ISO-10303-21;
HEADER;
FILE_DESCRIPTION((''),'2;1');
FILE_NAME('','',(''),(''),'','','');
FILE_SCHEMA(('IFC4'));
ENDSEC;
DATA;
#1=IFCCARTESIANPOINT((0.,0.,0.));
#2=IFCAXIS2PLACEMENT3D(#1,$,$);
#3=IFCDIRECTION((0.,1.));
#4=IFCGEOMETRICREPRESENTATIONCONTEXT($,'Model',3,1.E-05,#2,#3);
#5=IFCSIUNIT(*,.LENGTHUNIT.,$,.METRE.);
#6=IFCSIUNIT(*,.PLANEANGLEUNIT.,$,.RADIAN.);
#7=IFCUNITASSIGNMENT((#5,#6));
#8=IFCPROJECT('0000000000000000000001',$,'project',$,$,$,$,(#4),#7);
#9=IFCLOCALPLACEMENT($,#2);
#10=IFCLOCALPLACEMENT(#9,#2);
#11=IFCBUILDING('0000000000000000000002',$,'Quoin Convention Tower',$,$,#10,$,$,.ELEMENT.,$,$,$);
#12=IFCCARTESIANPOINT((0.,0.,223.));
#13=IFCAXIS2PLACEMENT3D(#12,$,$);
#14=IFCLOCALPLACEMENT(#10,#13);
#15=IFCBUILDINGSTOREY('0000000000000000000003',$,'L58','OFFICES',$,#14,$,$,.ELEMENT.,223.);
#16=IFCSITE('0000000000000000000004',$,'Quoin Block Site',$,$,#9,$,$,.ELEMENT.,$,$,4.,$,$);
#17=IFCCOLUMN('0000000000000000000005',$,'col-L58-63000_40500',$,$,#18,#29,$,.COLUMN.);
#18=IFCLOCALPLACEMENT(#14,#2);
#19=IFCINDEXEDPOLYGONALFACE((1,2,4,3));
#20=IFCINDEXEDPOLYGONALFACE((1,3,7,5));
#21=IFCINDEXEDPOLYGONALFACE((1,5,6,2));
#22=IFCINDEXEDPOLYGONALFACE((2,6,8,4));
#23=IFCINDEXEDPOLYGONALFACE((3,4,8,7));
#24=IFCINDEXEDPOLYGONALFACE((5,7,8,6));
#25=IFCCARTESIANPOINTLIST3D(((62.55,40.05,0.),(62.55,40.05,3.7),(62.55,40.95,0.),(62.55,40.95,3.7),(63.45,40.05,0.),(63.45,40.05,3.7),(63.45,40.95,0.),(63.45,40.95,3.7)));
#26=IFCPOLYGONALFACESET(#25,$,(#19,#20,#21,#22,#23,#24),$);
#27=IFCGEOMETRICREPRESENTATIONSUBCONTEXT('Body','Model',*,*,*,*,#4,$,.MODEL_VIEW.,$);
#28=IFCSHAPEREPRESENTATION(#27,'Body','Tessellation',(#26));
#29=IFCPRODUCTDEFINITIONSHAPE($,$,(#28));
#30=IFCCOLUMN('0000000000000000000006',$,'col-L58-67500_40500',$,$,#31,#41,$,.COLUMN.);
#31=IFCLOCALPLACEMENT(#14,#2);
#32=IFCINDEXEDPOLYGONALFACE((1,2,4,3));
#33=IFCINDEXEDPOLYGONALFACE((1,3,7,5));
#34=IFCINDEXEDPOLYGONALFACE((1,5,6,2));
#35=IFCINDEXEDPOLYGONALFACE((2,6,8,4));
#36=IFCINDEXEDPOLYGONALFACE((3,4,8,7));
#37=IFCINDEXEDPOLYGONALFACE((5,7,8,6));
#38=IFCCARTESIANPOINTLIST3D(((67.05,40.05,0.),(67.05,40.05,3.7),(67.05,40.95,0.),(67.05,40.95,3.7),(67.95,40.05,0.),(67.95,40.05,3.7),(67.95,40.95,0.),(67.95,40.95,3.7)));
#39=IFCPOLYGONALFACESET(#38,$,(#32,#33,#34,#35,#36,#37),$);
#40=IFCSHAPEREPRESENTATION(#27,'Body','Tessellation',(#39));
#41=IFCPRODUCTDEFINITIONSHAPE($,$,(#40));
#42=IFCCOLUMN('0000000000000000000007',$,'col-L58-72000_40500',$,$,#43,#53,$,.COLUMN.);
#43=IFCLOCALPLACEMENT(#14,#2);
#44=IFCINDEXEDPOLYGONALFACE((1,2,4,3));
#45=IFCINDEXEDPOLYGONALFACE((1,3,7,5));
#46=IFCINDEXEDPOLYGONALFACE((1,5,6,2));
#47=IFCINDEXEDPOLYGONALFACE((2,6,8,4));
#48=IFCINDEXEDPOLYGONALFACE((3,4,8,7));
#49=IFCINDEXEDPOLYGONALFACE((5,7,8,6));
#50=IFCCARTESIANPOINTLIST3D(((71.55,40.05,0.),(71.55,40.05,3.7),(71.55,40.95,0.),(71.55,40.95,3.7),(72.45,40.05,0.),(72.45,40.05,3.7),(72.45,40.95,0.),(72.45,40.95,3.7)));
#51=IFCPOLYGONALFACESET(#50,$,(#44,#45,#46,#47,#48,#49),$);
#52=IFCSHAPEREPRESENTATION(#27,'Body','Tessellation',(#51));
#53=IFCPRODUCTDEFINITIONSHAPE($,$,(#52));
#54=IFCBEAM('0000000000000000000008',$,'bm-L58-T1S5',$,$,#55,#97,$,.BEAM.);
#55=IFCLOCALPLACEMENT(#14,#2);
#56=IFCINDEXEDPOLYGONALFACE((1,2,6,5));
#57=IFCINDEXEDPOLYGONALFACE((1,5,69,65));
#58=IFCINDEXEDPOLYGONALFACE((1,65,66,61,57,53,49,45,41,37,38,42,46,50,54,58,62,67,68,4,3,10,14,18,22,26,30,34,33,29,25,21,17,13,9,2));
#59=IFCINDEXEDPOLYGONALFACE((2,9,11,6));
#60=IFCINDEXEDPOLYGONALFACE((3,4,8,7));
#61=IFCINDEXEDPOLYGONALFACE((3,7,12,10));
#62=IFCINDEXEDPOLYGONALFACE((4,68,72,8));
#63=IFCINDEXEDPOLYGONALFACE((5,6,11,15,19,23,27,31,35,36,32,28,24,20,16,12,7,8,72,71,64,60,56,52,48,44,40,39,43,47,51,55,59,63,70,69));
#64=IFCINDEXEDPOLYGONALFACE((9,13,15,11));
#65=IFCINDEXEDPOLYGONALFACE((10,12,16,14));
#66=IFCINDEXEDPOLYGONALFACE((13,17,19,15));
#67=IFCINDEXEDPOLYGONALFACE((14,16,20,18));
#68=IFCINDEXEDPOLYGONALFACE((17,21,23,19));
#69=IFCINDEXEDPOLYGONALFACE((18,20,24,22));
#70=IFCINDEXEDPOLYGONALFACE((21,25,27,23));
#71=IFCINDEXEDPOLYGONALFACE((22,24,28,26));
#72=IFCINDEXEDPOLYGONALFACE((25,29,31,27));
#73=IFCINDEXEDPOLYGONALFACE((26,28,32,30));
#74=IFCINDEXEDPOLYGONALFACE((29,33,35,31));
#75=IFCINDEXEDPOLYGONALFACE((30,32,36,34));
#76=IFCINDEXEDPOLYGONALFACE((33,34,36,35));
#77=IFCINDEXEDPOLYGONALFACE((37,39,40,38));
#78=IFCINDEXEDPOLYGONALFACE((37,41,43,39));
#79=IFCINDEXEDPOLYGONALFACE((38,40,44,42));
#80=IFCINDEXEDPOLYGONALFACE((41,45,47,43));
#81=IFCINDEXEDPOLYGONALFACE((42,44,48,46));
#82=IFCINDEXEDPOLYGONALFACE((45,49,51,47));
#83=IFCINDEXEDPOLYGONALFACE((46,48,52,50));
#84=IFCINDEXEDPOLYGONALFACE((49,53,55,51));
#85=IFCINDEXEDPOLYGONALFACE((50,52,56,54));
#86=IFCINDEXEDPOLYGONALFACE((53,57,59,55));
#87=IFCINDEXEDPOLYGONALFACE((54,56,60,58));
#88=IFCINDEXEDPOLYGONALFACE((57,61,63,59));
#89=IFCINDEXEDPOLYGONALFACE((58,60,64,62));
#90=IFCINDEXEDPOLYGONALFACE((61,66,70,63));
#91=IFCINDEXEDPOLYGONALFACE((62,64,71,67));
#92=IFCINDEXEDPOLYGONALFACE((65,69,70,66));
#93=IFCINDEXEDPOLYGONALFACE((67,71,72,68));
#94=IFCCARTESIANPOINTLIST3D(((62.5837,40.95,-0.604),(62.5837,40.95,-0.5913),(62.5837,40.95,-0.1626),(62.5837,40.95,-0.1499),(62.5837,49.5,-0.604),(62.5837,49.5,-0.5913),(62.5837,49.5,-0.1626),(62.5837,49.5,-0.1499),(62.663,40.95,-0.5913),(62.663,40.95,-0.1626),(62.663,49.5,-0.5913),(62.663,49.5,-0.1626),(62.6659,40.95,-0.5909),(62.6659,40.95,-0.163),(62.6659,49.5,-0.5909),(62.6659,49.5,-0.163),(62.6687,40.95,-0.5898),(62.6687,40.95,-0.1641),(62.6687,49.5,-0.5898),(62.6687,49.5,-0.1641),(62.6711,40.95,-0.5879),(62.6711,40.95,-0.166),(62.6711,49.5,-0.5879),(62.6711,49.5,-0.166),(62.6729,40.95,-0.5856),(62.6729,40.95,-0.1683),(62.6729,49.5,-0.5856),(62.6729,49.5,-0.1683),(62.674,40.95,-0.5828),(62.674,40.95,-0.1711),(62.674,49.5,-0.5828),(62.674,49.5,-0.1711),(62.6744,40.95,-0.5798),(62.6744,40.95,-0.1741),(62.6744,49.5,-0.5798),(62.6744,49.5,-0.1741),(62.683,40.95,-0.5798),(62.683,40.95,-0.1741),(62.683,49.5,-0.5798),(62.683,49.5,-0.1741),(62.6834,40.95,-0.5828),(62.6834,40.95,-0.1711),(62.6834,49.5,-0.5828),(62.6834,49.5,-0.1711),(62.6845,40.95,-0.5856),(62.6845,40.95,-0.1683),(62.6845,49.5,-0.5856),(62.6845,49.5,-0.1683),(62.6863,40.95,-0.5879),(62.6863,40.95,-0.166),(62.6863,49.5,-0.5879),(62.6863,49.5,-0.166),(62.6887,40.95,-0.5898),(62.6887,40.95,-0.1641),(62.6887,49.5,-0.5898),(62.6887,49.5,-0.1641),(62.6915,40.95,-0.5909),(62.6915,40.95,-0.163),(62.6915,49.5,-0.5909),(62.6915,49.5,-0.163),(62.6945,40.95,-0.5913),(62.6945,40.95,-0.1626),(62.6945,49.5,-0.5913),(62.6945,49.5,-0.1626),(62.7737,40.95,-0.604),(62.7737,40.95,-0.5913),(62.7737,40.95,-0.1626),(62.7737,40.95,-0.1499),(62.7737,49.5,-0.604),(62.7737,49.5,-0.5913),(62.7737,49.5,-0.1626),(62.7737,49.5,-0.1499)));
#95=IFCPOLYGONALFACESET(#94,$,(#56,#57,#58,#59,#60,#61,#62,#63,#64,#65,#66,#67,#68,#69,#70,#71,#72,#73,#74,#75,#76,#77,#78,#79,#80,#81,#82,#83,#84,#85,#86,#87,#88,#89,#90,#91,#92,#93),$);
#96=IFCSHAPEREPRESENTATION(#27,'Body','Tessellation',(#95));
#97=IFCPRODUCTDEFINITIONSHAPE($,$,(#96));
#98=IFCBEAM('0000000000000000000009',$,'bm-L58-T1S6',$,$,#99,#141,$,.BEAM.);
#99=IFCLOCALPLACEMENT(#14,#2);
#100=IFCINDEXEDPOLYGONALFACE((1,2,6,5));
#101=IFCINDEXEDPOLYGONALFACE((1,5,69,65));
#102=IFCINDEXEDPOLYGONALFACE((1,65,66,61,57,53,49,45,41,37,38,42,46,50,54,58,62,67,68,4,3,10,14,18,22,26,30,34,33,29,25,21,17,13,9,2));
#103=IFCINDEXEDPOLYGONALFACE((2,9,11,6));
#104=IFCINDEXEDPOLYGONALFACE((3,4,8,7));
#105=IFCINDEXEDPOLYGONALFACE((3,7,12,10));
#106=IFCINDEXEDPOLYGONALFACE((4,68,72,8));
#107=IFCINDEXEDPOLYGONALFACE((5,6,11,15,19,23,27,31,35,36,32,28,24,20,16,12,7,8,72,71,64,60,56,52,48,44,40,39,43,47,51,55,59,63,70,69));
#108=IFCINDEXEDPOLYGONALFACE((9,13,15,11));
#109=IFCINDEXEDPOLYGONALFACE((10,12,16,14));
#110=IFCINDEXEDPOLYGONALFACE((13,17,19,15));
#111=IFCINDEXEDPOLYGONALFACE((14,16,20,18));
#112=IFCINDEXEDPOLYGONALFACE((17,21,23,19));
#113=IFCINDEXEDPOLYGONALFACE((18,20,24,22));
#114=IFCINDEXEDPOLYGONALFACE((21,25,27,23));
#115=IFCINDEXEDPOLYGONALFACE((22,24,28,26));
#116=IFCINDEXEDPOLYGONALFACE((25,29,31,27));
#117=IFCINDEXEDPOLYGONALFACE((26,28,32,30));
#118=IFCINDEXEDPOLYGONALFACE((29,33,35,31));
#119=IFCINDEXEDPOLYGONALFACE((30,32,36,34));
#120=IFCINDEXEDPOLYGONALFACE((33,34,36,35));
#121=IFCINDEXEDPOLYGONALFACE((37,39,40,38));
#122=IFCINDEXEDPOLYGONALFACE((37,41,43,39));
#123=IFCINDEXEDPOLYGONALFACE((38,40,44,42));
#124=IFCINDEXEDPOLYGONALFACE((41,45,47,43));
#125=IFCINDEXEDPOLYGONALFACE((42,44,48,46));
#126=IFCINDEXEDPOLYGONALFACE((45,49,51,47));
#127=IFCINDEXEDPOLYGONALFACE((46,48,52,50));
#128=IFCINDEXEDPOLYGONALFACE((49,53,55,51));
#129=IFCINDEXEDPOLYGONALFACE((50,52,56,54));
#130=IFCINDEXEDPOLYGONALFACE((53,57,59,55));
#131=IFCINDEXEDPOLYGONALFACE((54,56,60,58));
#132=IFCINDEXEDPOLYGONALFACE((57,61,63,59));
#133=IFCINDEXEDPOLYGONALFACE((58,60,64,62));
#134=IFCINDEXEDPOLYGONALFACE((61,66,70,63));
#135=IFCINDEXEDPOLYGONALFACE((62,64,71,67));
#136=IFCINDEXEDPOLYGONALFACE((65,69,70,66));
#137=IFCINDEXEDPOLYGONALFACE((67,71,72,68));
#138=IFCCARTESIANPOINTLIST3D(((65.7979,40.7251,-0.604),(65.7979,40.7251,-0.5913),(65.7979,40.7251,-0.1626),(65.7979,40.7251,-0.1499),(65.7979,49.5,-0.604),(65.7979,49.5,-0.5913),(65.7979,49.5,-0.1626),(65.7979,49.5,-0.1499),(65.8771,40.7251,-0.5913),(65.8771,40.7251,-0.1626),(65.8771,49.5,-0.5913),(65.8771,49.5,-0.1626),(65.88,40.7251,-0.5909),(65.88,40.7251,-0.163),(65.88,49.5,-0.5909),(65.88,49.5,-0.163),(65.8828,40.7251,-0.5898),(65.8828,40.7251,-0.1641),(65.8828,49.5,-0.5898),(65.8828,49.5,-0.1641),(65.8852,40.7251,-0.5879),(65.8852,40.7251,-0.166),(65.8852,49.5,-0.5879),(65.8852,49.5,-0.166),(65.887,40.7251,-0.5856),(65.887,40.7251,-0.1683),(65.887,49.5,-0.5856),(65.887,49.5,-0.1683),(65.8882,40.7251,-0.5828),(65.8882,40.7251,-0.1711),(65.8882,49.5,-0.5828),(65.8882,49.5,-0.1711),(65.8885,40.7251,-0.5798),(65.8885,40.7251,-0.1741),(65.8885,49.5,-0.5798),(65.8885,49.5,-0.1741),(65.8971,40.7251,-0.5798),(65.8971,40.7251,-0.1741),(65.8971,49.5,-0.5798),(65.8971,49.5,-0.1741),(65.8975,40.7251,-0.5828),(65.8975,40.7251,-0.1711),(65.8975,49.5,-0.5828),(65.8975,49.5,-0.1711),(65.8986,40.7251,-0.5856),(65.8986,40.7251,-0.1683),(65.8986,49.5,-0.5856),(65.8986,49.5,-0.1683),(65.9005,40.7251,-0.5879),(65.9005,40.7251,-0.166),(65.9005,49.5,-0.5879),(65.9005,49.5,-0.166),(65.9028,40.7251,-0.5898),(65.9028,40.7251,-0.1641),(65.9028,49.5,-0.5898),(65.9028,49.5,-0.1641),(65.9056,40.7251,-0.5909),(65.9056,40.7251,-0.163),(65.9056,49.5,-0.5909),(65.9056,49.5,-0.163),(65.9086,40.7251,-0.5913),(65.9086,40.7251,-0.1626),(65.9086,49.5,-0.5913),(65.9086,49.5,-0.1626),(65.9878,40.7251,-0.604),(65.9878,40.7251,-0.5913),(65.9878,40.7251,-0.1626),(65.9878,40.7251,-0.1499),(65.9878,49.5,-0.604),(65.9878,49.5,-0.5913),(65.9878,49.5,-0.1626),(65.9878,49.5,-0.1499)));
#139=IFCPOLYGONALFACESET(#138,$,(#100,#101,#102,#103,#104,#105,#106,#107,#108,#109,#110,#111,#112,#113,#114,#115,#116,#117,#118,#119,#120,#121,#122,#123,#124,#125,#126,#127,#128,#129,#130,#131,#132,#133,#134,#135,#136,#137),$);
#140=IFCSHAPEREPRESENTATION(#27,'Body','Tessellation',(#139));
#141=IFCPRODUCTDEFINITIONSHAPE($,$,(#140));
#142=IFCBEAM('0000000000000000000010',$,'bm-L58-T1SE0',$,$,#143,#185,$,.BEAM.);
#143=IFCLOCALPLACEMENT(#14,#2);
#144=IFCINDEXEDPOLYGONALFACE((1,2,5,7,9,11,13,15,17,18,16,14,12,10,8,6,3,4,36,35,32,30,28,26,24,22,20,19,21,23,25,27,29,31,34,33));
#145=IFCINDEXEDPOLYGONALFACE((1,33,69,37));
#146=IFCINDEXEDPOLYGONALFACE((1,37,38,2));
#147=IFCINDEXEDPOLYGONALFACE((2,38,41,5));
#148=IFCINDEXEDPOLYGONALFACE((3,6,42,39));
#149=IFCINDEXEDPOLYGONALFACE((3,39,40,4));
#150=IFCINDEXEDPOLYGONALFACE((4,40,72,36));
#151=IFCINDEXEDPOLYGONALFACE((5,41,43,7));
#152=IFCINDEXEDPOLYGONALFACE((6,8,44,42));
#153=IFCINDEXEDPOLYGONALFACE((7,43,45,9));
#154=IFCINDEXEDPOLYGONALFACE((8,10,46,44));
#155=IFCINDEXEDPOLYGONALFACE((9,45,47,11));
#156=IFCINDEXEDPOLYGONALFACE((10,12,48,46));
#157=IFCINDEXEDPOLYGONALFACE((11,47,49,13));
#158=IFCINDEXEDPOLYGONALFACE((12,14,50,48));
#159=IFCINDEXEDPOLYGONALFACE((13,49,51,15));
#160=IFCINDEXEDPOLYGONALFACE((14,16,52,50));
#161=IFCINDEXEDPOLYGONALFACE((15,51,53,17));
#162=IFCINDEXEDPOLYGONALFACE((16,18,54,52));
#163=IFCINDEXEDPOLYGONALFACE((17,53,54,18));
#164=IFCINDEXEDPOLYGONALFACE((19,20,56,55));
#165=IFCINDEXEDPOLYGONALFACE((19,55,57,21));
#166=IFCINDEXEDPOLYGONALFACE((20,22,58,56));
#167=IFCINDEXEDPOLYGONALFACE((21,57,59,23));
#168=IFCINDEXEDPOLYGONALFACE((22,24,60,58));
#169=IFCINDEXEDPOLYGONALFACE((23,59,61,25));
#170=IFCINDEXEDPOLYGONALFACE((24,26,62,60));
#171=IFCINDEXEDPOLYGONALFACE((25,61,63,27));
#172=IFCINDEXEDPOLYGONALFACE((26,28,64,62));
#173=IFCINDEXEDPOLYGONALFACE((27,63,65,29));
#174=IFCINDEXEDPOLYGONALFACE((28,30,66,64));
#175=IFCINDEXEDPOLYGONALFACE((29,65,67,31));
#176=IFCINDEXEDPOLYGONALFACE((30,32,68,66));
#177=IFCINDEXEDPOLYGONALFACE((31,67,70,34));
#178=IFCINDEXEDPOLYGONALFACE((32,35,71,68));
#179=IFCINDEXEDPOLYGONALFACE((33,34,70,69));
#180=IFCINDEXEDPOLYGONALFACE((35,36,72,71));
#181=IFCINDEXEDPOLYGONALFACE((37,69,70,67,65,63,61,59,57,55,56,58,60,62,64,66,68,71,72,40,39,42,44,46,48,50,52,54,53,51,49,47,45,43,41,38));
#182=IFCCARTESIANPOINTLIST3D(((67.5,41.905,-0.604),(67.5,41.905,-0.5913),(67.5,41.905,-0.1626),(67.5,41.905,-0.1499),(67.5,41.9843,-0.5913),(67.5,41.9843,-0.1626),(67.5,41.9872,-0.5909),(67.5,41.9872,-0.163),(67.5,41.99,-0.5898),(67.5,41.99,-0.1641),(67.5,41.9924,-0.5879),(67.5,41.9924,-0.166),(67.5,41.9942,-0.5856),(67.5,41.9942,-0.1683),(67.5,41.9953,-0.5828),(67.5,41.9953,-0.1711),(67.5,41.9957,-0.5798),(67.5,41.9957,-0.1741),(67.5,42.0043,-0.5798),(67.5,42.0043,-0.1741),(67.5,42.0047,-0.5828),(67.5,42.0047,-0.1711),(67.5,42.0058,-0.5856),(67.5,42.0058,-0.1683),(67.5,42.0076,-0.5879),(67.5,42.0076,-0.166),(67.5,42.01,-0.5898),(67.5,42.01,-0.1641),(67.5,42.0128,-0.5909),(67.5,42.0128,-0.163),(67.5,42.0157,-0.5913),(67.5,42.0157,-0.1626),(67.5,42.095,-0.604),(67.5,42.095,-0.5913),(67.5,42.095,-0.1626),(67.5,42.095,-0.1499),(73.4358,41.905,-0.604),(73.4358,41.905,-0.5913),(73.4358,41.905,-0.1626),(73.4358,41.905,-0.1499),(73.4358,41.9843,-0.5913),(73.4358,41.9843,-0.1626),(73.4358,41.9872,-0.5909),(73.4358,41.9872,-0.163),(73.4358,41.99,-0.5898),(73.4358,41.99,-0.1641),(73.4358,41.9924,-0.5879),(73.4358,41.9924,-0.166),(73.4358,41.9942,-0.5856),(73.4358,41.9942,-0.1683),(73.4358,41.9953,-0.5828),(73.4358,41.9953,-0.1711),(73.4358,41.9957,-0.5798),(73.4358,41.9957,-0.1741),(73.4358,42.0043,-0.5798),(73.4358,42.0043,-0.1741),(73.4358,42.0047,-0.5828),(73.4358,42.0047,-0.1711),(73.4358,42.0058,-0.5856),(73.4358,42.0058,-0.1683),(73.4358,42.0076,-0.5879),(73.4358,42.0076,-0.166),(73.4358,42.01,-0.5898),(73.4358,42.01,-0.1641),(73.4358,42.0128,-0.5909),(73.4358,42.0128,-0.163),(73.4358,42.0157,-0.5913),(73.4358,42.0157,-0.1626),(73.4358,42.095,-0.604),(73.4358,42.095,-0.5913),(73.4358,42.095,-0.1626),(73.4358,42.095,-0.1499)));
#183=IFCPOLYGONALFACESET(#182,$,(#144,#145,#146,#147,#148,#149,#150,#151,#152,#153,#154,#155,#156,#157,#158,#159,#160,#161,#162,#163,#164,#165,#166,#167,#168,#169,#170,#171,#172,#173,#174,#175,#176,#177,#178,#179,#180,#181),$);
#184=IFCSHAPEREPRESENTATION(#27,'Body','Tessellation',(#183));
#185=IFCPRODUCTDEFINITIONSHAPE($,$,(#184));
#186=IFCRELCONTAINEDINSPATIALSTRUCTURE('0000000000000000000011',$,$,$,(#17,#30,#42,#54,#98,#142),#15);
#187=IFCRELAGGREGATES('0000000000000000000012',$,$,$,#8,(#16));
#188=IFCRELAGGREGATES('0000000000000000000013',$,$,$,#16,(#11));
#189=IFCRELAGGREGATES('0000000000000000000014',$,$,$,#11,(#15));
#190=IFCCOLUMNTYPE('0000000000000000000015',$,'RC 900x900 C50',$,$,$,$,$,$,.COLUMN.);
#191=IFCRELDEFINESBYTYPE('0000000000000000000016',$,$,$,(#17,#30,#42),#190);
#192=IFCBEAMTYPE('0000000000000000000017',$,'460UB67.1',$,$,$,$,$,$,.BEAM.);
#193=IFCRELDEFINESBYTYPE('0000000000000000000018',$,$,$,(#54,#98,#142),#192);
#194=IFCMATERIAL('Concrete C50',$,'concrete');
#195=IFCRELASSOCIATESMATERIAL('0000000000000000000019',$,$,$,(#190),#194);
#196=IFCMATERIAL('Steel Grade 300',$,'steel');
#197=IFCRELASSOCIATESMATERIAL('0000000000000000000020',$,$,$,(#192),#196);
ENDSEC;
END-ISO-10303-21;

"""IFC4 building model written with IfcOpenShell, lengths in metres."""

from ifc_helpers import new_model, si_unit, direction, frame, origin, origin_2d, place, context, subcontext, project, spatial, rectangle, i_section, extrude, material, material_profile, profile_set, type_object, element, save


model = new_model("IFC4")

# Units and contexts
model_context = context("Model", 3, precision=1e-05, world=origin(), true_north=direction((0.0, 1.0)))
body_context = subcontext(model_context, "Body", "Model", "MODEL_VIEW")
ifc_project = project(units=[si_unit("LENGTHUNIT", "METRE"), si_unit("PLANEANGLEUNIT", "RADIAN")], contexts=[model_context])

# Site, building, storey
site_placement = place(None, origin())
site = spatial("IfcSite", under=ifc_project, at=site_placement, Name="Quoin Block Site", CompositionType="ELEMENT", RefElevation=4.0)
building_placement = place(site_placement, origin())
building = spatial("IfcBuilding", under=site, at=building_placement, Name="Quoin Convention Tower", CompositionType="ELEMENT")
storey_placement = place(building_placement, frame((0.0, 0.0, 223.0)))
storey = spatial("IfcBuildingStorey", under=building, at=storey_placement, Name="L58", Description="OFFICES", CompositionType="ELEMENT", Elevation=223.0)

# Columns
ifc_material_1 = material(Name="Concrete C50", Category="concrete")
ifc_material_profile_1 = material_profile(ifc_material_1, rectangle(XDim=0.8999, YDim=0.8999, at=origin_2d()), Name="RC 900x900")
ifc_profile_set_1 = profile_set([ifc_material_profile_1], Name="Concrete C50")
column_type = type_object("IfcColumnType", Name="RC 900x900 C50", PredefinedType="COLUMN", material=ifc_profile_set_1)
for number, where, z_axis, x_axis, name in (
    (1, (63.0, 40.5, 0.0), (0.0, 0.0, 1.0), (1.0, 0.0, 0.0), "col-L58-63000_40500"),
    (2, (67.5, 40.5, 0.0), (0.0, 0.0, 1.0), (1.0, 0.0, 0.0), "col-L58-67500_40500"),
    (3, (72.0, 40.5, 0.0), (0.0, 0.0, 1.0), (1.0, 0.0, 0.0), "col-L58-72000_40500"),
):
    element("IfcColumn", number, at=place(storey_placement, frame(where, z_axis=z_axis, x_axis=x_axis)), inside=storey, type_object=column_type, Name=name, PredefinedType="COLUMN", context=body_context, shape_type="SweptSolid", body=[
        extrude(rectangle(XDim=0.8999, YDim=0.8999, at=origin_2d()), origin(), (0.0, 0.0, 1.0), 3.7),
    ])

# Beams
ifc_material_2 = material(Name="Steel Grade 300", Category="steel")
ifc_material_profile_2 = material_profile(ifc_material_2, i_section(OverallWidth=0.1899, OverallDepth=0.4541, WebThickness=0.0085, FlangeThickness=0.0127, FilletRadius=0.0115, at=origin_2d()), Name="460UB67.1")
ifc_profile_set_2 = profile_set([ifc_material_profile_2], Name="Steel Grade 300")
beam_type_1 = type_object("IfcBeamType", Name="460UB67.1", PredefinedType="BEAM", material=ifc_profile_set_2)
beam_1_placement = place(storey_placement, frame((62.6787, 40.95, -0.377), z_axis=(0.0, 1.0, 0.0), x_axis=(-1.0, 0.0, 0.0)))
element("IfcBeam", 4, at=beam_1_placement, inside=storey, type_object=beam_type_1, Name="bm-L58-T1S5", PredefinedType="BEAM", context=body_context, shape_type="SweptSolid", body=[
    extrude(i_section(OverallWidth=0.1899, OverallDepth=0.4541, WebThickness=0.0085, FlangeThickness=0.0127, FilletRadius=0.0115, at=origin_2d()), origin(), (0.0, 0.0, 1.0), 8.55),
])
beam_2_placement = place(storey_placement, frame((65.8928, 40.7251, -0.377), z_axis=(0.0, 1.0, 0.0), x_axis=(-1.0, 0.0, 0.0)))
element("IfcBeam", 5, at=beam_2_placement, inside=storey, type_object=beam_type_1, Name="bm-L58-T1S6", PredefinedType="BEAM", context=body_context, shape_type="SweptSolid", body=[
    extrude(i_section(OverallWidth=0.1899, OverallDepth=0.4541, WebThickness=0.0085, FlangeThickness=0.0127, FilletRadius=0.0115, at=origin_2d()), origin(), (0.0, 0.0, 1.0), 8.7749),
])
beam_3_placement = place(storey_placement, frame((67.5, 42.0, -0.377), z_axis=(1.0, 0.0, 0.0), x_axis=(0.0, 1.0, 0.0)))
element("IfcBeam", 6, at=beam_3_placement, inside=storey, type_object=beam_type_1, Name="bm-L58-T1SE0", PredefinedType="BEAM", context=body_context, shape_type="SweptSolid", body=[
    extrude(i_section(OverallWidth=0.1899, OverallDepth=0.4541, WebThickness=0.0085, FlangeThickness=0.0127, FilletRadius=0.0115, at=origin_2d()), origin(), (0.0, 0.0, 1.0), 5.9358),
])

save(model, "model.ifc")
